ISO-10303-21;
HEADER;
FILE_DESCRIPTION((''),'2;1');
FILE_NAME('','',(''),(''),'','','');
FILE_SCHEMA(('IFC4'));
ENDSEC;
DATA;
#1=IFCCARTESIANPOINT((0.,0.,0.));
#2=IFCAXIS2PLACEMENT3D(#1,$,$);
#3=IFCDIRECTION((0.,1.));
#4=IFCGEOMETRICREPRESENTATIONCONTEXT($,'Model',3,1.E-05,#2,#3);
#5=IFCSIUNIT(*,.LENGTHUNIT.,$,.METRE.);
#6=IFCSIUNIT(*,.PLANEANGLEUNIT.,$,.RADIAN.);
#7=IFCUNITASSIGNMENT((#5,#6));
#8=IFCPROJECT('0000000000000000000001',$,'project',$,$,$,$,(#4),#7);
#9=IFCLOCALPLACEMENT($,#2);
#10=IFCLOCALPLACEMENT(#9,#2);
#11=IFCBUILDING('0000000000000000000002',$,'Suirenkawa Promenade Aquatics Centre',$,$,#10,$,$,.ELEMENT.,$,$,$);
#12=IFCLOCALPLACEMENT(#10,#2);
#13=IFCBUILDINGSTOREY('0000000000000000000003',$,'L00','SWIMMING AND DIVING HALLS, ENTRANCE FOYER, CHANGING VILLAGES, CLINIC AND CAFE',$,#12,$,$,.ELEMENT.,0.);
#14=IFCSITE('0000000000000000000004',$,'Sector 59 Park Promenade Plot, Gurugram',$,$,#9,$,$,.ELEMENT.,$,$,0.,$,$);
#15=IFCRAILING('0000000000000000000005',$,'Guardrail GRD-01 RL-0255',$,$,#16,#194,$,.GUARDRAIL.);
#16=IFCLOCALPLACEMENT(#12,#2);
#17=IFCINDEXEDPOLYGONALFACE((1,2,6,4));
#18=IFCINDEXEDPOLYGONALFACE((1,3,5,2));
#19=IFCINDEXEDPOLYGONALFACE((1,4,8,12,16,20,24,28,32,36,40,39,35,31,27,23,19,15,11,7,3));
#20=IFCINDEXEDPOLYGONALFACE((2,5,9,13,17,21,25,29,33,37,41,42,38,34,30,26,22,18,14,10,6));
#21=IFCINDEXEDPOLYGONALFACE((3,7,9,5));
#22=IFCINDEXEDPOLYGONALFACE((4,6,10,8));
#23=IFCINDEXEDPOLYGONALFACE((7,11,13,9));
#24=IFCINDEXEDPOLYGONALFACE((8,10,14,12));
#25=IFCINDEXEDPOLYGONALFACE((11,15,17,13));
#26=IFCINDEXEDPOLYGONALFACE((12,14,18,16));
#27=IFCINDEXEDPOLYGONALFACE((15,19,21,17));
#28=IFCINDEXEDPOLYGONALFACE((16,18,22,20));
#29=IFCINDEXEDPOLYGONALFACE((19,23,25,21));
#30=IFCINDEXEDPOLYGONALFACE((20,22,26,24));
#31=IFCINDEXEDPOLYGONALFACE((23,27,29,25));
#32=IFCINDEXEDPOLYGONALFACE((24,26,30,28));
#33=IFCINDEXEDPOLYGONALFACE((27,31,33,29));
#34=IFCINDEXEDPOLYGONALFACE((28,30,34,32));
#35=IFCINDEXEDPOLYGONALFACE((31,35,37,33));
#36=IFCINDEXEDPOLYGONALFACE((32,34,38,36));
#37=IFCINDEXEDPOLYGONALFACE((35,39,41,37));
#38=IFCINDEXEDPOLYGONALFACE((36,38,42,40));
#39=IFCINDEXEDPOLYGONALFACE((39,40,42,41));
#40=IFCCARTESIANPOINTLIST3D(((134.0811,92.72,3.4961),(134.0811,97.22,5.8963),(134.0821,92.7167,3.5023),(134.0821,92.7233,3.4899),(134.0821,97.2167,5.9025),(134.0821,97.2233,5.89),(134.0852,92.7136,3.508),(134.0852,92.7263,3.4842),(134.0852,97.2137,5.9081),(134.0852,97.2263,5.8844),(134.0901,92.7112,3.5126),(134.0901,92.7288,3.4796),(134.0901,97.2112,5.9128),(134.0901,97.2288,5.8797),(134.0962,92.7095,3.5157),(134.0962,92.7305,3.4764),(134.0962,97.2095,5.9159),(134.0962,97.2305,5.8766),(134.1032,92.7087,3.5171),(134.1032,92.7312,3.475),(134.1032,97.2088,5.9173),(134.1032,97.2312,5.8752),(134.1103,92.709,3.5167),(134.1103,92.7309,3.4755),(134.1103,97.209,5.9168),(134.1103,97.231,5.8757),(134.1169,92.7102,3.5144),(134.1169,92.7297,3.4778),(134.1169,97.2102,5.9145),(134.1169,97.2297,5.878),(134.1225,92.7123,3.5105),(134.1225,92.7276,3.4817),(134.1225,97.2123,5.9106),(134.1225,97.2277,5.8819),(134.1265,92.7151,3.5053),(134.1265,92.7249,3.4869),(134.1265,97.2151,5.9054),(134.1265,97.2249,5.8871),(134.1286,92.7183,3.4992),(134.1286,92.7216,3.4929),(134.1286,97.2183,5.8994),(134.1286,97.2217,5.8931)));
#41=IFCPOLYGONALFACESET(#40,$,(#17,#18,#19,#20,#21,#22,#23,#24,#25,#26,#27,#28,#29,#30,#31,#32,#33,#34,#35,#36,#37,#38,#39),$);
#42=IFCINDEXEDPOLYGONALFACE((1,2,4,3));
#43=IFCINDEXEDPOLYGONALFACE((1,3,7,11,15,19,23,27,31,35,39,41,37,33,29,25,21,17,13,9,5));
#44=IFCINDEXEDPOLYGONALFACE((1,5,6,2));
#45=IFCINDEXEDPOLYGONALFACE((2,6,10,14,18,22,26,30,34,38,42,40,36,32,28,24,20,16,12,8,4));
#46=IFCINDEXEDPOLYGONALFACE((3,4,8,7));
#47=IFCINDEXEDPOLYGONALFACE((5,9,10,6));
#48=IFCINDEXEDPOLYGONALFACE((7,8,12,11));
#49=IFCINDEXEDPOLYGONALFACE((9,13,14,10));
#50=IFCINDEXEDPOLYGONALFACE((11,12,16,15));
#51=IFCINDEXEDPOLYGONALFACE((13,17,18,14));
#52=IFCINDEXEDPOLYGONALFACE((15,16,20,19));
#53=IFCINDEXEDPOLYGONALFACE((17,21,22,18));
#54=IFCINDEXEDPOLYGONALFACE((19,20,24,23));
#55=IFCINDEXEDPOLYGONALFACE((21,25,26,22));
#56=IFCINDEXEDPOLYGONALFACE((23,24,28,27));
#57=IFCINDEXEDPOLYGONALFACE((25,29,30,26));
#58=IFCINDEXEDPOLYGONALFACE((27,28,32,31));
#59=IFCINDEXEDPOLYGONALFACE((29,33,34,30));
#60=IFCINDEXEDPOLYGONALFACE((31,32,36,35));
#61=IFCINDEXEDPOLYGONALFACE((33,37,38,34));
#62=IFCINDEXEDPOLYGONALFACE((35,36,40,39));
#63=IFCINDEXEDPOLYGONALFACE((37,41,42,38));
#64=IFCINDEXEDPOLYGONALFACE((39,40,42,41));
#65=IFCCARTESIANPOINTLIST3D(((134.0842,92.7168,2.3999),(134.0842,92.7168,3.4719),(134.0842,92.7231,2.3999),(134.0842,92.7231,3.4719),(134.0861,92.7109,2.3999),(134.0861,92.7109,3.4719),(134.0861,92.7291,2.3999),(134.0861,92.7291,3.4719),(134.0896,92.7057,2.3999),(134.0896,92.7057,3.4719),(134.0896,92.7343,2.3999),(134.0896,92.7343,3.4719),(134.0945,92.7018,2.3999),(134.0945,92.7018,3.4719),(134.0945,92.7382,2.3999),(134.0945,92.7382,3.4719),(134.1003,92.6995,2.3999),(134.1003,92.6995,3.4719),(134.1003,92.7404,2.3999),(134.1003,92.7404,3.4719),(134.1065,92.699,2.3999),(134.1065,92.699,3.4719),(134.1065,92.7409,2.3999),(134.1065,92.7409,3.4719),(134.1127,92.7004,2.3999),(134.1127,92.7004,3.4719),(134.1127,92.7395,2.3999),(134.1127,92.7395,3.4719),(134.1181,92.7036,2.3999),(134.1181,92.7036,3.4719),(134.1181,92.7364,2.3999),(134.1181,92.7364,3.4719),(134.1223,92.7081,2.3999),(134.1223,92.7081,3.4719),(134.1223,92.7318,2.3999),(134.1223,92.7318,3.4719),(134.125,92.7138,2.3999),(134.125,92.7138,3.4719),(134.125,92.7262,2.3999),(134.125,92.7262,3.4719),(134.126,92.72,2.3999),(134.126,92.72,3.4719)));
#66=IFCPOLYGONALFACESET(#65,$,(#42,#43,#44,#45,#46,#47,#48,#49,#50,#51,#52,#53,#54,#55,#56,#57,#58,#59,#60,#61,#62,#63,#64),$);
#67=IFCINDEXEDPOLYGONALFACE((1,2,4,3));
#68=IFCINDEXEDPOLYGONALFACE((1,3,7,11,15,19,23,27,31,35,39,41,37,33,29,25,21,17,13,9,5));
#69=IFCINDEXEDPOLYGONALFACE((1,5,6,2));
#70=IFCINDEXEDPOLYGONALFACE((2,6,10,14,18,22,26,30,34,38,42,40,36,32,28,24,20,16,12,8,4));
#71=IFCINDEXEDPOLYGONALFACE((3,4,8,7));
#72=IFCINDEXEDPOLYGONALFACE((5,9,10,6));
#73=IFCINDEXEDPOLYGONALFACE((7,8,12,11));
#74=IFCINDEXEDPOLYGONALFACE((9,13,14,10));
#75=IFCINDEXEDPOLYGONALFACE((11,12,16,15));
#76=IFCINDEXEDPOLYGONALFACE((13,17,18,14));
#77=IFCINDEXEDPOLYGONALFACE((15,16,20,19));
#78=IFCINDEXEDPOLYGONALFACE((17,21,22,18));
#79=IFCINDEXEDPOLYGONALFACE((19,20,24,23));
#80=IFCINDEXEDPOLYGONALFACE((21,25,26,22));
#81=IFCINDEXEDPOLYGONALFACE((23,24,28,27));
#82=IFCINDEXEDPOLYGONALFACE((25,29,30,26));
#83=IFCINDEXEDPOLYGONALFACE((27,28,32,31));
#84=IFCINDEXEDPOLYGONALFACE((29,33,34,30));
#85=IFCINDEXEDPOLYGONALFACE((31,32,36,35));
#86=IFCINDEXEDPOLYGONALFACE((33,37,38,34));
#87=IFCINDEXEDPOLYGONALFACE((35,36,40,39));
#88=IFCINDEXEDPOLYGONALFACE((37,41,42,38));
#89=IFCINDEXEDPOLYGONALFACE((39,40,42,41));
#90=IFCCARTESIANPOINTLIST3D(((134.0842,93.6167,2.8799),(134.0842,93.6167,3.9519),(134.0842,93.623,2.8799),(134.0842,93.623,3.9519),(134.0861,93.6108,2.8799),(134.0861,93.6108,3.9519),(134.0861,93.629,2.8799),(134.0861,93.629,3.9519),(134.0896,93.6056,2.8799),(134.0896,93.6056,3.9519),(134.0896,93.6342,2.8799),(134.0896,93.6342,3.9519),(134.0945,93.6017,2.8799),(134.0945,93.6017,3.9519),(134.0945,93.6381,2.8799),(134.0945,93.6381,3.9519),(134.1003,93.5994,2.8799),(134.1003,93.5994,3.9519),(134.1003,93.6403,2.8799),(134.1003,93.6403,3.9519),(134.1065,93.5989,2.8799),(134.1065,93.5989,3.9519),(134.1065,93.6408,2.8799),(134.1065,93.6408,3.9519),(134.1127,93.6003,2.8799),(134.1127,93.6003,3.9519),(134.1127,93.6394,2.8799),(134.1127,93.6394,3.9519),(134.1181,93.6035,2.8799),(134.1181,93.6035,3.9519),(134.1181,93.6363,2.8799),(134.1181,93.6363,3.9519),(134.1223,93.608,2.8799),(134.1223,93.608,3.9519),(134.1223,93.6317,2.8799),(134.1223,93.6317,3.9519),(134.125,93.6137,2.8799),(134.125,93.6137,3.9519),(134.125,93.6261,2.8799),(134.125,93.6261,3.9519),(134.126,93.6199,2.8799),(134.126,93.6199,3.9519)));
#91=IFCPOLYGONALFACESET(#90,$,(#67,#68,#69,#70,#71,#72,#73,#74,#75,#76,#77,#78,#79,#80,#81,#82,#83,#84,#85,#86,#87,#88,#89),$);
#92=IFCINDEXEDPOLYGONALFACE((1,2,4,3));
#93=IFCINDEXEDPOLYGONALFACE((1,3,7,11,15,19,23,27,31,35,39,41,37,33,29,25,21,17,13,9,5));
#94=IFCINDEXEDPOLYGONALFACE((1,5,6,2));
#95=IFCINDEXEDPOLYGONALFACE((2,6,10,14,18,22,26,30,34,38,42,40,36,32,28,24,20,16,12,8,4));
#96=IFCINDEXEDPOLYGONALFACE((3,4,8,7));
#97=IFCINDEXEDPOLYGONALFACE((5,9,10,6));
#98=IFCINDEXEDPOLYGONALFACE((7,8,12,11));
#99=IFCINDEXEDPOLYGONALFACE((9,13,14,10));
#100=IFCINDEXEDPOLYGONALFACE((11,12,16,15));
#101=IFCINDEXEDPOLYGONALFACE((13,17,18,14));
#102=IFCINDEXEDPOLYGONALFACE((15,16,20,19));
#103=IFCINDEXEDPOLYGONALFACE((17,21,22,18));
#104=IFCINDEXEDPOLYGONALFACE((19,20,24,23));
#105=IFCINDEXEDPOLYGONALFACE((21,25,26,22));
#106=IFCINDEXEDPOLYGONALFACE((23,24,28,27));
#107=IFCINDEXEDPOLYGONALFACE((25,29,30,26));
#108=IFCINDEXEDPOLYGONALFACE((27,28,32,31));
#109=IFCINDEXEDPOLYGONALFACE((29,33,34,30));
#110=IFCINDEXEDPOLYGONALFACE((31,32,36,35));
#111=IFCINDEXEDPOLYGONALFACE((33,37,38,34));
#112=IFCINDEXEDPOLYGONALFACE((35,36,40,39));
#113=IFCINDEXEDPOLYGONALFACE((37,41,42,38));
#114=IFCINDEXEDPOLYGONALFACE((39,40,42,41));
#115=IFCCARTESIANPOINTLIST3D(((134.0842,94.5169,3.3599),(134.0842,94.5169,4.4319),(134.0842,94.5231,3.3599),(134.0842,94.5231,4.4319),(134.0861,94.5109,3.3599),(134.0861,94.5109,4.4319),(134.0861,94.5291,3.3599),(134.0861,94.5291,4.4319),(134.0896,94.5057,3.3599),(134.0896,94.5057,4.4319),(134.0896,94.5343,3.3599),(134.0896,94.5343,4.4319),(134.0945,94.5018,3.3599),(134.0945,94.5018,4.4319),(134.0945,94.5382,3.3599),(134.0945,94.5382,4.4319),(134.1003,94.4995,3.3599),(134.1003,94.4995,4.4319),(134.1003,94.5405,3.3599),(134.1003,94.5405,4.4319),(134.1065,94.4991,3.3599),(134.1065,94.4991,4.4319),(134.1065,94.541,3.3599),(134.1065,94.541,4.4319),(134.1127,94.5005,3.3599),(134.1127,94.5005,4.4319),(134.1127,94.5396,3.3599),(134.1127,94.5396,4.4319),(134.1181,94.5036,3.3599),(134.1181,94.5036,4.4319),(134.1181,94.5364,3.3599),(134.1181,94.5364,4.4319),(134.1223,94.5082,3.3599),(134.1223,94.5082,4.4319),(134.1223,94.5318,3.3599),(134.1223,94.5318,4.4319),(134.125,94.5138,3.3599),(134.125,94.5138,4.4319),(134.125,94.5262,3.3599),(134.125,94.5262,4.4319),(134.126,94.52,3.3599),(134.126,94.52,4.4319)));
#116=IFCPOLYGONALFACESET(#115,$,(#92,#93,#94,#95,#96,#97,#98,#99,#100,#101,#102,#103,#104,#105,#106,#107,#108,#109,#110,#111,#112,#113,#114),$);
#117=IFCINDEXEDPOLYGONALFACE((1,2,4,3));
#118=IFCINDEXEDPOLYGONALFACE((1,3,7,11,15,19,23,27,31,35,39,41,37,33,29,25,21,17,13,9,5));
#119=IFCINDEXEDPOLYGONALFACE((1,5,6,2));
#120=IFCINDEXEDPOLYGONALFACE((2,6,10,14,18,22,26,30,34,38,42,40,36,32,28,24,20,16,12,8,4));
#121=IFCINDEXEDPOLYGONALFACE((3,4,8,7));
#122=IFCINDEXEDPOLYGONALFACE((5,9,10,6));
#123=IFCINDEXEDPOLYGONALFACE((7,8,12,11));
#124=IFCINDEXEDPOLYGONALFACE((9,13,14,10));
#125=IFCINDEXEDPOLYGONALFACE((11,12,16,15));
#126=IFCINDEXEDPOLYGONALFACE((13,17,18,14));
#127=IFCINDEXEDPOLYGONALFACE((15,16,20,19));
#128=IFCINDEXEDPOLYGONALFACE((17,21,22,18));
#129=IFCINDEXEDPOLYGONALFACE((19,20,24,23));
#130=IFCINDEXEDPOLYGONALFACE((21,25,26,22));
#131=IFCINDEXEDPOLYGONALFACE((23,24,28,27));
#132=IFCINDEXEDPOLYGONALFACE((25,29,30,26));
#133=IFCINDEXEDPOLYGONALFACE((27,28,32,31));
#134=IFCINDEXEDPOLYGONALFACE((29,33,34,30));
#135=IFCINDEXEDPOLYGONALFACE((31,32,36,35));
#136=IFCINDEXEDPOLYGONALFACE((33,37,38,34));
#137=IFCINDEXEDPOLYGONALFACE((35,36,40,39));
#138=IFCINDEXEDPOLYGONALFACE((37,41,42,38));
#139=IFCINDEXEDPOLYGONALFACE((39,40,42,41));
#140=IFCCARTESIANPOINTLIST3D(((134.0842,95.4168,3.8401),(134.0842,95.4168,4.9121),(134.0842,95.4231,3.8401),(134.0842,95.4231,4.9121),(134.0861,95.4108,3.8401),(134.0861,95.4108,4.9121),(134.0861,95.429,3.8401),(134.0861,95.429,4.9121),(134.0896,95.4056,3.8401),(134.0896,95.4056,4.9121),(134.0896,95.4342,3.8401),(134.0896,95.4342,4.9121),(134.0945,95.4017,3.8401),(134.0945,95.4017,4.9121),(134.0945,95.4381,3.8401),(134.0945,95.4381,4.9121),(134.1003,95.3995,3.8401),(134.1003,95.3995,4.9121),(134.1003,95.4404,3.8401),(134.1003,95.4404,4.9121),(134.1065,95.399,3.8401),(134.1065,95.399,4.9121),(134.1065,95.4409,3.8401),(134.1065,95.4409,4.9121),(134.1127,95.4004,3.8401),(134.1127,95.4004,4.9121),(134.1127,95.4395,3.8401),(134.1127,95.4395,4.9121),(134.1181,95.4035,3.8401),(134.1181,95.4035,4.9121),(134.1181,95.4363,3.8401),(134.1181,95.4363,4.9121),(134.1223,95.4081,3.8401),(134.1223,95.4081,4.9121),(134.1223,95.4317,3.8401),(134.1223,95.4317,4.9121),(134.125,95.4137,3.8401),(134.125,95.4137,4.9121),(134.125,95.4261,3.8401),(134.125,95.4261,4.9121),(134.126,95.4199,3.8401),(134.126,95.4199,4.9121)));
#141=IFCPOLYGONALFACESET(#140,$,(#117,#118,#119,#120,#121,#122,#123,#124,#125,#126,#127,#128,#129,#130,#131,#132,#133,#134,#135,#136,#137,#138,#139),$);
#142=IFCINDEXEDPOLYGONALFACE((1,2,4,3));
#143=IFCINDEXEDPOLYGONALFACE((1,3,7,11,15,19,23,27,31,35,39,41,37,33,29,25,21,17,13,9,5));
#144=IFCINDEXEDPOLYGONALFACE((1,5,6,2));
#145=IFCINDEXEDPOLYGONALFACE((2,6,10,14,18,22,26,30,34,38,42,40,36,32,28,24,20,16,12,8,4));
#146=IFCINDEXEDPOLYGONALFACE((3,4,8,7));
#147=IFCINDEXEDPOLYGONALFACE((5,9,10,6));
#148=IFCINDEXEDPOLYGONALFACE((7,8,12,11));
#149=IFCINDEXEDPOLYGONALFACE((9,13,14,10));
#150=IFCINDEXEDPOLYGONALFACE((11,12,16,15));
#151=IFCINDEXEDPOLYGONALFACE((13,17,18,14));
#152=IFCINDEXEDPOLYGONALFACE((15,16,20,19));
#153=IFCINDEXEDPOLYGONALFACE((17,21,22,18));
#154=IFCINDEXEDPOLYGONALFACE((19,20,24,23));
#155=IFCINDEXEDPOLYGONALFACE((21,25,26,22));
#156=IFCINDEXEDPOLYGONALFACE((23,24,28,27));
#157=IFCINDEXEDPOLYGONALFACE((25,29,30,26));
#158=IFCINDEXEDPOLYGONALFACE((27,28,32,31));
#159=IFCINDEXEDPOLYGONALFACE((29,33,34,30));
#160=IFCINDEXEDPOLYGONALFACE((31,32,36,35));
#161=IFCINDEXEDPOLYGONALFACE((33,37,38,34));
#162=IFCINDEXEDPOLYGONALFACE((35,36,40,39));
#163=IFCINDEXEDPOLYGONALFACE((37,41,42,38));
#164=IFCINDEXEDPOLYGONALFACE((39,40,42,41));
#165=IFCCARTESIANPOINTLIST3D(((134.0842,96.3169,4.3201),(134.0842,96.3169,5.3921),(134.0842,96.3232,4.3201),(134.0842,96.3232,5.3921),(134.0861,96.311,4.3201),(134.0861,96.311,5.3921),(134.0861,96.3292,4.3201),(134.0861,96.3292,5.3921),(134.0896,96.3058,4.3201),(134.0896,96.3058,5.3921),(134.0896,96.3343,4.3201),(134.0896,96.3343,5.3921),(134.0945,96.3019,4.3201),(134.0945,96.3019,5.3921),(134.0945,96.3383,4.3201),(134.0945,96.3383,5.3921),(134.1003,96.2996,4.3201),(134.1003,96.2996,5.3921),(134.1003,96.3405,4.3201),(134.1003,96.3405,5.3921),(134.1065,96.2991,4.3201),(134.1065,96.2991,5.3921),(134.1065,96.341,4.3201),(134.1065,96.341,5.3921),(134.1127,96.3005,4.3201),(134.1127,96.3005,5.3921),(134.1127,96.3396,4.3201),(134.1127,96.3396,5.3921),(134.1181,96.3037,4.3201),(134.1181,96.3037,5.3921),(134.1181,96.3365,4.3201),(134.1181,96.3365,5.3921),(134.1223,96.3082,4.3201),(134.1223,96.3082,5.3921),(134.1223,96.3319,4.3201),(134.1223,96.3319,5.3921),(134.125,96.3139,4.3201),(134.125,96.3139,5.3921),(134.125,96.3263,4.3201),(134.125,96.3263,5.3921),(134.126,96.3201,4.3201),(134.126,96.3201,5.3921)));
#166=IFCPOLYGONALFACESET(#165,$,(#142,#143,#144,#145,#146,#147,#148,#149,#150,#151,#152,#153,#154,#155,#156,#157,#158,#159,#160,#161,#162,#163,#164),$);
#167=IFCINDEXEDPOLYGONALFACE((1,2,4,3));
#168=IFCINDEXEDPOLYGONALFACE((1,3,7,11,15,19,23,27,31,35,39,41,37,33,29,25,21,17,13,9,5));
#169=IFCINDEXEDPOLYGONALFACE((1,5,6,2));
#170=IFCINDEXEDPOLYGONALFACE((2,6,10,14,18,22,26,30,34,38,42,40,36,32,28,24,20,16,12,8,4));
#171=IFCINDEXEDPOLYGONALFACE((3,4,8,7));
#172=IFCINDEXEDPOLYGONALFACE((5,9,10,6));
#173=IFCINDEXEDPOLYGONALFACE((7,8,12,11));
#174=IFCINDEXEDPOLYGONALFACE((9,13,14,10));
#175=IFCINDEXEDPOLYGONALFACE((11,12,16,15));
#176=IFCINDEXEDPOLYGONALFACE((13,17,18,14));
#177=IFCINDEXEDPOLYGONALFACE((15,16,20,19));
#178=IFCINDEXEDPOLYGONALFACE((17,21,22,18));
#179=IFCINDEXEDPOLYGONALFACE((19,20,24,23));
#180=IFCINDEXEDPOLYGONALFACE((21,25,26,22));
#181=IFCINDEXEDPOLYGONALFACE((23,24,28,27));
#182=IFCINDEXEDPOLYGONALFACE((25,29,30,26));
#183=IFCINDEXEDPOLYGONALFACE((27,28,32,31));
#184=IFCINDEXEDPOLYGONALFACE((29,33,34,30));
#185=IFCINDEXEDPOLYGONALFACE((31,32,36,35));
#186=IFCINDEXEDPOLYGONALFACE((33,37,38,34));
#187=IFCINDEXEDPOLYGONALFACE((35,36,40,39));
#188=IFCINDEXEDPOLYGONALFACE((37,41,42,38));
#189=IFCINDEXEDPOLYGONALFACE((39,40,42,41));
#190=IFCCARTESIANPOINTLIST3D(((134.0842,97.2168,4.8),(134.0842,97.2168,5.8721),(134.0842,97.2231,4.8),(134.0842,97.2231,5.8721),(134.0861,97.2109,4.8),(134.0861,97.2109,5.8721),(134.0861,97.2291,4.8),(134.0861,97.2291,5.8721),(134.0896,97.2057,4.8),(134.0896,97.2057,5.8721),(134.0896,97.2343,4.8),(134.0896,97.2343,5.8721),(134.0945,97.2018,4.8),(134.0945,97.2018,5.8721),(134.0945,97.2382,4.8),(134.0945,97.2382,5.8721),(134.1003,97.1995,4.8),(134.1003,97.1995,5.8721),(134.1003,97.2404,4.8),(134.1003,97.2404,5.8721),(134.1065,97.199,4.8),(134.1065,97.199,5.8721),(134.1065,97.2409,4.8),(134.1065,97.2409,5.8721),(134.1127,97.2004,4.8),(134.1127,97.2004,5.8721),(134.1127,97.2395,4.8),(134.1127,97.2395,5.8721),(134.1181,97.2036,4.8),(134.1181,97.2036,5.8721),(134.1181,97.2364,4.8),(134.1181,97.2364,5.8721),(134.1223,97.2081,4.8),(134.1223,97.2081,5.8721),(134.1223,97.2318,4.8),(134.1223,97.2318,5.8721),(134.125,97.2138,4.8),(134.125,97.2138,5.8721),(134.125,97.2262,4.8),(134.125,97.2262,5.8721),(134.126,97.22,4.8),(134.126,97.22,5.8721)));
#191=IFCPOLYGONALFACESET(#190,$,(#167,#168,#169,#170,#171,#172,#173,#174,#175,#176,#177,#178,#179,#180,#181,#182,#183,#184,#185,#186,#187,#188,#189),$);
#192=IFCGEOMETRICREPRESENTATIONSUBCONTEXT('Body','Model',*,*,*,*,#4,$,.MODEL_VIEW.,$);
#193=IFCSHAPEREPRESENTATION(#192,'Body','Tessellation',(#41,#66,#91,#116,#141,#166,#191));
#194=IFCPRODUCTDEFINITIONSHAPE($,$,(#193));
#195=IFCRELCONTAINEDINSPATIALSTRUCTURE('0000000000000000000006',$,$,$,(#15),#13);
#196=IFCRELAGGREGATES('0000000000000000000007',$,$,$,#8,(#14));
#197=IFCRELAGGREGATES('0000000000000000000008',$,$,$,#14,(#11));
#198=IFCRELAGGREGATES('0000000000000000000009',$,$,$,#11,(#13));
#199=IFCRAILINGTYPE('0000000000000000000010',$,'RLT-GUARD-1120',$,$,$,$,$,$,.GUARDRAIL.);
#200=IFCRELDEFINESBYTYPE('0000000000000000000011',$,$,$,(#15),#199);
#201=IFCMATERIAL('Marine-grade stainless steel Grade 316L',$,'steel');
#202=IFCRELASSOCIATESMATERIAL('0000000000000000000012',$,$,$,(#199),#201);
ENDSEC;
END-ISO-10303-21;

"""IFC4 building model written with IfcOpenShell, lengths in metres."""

from ifc_helpers import new_model, si_unit, direction, frame, origin, origin_2d, place, context, subcontext, project, spatial, circle, extrude, material, type_object, element, save


model = new_model("IFC4")

# Units and contexts
model_context = context("Model", 3, precision=1e-05, world=origin(), true_north=direction((0.0, 1.0)))
body_context = subcontext(model_context, "Body", "Model", "MODEL_VIEW")
ifc_project = project(units=[si_unit("LENGTHUNIT", "METRE"), si_unit("PLANEANGLEUNIT", "RADIAN")], contexts=[model_context])

# Site, building, storey
site_placement = place(None, origin())
site = spatial("IfcSite", under=ifc_project, at=site_placement, Name="Sector 59 Park Promenade Plot, Gurugram", CompositionType="ELEMENT", RefElevation=0.0)
building_placement = place(site_placement, origin())
building = spatial("IfcBuilding", under=site, at=building_placement, Name="Suirenkawa Promenade Aquatics Centre", CompositionType="ELEMENT")
storey_placement = place(building_placement, origin())
storey = spatial("IfcBuildingStorey", under=building, at=storey_placement, Name="L00", Description="SWIMMING AND DIVING HALLS, ENTRANCE FOYER, CHANGING VILLAGES, CLINIC AND CAFE", CompositionType="ELEMENT", Elevation=0.0)

# Railing
ifc_material_1 = material(Name="Marine-grade stainless steel Grade 316L", Category="steel")
railing_type_1 = type_object("IfcRailingType", Name="RLT-GUARD-1120", PredefinedType="GUARDRAIL", material=ifc_material_1)
for number, where, name in (
    (1, (134.105, 92.72, 2.3999), "Guardrail GRD-01 RL-0255"),
):
    element("IfcRailing", number, at=place(storey_placement, frame(where)), inside=storey, type_object=railing_type_1, Name=name, PredefinedType="GUARDRAIL", context=body_context, shape_type="SweptSolid", body=[
        extrude(circle(Radius=0.0239, at=origin_2d()), frame((0.0, 0.0, 1.0962), z_axis=(0.0, 0.882341, 0.470611), x_axis=(-1.0, 0.0, 0.0)), (0.0, 0.0, 1.0), 5.1001),
        extrude(circle(Radius=0.021, at=origin_2d()), origin(), (0.0, 0.0, 1.0), 1.072),
        extrude(circle(Radius=0.021, at=origin_2d()), frame((0.0, 0.8999, 0.48)), (0.0, 0.0, 1.0), 1.072),
        extrude(circle(Radius=0.021, at=origin_2d()), frame((0.0, 1.8, 0.96)), (0.0, 0.0, 1.0), 1.072),
        extrude(circle(Radius=0.021, at=origin_2d()), frame((0.0, 2.7, 1.4402)), (0.0, 0.0, 1.0), 1.072),
        extrude(circle(Radius=0.021, at=origin_2d()), frame((0.0, 3.6001, 1.9202)), (0.0, 0.0, 1.0), 1.072),
        extrude(circle(Radius=0.021, at=origin_2d()), frame((0.0, 4.5, 2.4001)), (0.0, 0.0, 1.0), 1.072),
    ])

save(model, "model.ifc")
